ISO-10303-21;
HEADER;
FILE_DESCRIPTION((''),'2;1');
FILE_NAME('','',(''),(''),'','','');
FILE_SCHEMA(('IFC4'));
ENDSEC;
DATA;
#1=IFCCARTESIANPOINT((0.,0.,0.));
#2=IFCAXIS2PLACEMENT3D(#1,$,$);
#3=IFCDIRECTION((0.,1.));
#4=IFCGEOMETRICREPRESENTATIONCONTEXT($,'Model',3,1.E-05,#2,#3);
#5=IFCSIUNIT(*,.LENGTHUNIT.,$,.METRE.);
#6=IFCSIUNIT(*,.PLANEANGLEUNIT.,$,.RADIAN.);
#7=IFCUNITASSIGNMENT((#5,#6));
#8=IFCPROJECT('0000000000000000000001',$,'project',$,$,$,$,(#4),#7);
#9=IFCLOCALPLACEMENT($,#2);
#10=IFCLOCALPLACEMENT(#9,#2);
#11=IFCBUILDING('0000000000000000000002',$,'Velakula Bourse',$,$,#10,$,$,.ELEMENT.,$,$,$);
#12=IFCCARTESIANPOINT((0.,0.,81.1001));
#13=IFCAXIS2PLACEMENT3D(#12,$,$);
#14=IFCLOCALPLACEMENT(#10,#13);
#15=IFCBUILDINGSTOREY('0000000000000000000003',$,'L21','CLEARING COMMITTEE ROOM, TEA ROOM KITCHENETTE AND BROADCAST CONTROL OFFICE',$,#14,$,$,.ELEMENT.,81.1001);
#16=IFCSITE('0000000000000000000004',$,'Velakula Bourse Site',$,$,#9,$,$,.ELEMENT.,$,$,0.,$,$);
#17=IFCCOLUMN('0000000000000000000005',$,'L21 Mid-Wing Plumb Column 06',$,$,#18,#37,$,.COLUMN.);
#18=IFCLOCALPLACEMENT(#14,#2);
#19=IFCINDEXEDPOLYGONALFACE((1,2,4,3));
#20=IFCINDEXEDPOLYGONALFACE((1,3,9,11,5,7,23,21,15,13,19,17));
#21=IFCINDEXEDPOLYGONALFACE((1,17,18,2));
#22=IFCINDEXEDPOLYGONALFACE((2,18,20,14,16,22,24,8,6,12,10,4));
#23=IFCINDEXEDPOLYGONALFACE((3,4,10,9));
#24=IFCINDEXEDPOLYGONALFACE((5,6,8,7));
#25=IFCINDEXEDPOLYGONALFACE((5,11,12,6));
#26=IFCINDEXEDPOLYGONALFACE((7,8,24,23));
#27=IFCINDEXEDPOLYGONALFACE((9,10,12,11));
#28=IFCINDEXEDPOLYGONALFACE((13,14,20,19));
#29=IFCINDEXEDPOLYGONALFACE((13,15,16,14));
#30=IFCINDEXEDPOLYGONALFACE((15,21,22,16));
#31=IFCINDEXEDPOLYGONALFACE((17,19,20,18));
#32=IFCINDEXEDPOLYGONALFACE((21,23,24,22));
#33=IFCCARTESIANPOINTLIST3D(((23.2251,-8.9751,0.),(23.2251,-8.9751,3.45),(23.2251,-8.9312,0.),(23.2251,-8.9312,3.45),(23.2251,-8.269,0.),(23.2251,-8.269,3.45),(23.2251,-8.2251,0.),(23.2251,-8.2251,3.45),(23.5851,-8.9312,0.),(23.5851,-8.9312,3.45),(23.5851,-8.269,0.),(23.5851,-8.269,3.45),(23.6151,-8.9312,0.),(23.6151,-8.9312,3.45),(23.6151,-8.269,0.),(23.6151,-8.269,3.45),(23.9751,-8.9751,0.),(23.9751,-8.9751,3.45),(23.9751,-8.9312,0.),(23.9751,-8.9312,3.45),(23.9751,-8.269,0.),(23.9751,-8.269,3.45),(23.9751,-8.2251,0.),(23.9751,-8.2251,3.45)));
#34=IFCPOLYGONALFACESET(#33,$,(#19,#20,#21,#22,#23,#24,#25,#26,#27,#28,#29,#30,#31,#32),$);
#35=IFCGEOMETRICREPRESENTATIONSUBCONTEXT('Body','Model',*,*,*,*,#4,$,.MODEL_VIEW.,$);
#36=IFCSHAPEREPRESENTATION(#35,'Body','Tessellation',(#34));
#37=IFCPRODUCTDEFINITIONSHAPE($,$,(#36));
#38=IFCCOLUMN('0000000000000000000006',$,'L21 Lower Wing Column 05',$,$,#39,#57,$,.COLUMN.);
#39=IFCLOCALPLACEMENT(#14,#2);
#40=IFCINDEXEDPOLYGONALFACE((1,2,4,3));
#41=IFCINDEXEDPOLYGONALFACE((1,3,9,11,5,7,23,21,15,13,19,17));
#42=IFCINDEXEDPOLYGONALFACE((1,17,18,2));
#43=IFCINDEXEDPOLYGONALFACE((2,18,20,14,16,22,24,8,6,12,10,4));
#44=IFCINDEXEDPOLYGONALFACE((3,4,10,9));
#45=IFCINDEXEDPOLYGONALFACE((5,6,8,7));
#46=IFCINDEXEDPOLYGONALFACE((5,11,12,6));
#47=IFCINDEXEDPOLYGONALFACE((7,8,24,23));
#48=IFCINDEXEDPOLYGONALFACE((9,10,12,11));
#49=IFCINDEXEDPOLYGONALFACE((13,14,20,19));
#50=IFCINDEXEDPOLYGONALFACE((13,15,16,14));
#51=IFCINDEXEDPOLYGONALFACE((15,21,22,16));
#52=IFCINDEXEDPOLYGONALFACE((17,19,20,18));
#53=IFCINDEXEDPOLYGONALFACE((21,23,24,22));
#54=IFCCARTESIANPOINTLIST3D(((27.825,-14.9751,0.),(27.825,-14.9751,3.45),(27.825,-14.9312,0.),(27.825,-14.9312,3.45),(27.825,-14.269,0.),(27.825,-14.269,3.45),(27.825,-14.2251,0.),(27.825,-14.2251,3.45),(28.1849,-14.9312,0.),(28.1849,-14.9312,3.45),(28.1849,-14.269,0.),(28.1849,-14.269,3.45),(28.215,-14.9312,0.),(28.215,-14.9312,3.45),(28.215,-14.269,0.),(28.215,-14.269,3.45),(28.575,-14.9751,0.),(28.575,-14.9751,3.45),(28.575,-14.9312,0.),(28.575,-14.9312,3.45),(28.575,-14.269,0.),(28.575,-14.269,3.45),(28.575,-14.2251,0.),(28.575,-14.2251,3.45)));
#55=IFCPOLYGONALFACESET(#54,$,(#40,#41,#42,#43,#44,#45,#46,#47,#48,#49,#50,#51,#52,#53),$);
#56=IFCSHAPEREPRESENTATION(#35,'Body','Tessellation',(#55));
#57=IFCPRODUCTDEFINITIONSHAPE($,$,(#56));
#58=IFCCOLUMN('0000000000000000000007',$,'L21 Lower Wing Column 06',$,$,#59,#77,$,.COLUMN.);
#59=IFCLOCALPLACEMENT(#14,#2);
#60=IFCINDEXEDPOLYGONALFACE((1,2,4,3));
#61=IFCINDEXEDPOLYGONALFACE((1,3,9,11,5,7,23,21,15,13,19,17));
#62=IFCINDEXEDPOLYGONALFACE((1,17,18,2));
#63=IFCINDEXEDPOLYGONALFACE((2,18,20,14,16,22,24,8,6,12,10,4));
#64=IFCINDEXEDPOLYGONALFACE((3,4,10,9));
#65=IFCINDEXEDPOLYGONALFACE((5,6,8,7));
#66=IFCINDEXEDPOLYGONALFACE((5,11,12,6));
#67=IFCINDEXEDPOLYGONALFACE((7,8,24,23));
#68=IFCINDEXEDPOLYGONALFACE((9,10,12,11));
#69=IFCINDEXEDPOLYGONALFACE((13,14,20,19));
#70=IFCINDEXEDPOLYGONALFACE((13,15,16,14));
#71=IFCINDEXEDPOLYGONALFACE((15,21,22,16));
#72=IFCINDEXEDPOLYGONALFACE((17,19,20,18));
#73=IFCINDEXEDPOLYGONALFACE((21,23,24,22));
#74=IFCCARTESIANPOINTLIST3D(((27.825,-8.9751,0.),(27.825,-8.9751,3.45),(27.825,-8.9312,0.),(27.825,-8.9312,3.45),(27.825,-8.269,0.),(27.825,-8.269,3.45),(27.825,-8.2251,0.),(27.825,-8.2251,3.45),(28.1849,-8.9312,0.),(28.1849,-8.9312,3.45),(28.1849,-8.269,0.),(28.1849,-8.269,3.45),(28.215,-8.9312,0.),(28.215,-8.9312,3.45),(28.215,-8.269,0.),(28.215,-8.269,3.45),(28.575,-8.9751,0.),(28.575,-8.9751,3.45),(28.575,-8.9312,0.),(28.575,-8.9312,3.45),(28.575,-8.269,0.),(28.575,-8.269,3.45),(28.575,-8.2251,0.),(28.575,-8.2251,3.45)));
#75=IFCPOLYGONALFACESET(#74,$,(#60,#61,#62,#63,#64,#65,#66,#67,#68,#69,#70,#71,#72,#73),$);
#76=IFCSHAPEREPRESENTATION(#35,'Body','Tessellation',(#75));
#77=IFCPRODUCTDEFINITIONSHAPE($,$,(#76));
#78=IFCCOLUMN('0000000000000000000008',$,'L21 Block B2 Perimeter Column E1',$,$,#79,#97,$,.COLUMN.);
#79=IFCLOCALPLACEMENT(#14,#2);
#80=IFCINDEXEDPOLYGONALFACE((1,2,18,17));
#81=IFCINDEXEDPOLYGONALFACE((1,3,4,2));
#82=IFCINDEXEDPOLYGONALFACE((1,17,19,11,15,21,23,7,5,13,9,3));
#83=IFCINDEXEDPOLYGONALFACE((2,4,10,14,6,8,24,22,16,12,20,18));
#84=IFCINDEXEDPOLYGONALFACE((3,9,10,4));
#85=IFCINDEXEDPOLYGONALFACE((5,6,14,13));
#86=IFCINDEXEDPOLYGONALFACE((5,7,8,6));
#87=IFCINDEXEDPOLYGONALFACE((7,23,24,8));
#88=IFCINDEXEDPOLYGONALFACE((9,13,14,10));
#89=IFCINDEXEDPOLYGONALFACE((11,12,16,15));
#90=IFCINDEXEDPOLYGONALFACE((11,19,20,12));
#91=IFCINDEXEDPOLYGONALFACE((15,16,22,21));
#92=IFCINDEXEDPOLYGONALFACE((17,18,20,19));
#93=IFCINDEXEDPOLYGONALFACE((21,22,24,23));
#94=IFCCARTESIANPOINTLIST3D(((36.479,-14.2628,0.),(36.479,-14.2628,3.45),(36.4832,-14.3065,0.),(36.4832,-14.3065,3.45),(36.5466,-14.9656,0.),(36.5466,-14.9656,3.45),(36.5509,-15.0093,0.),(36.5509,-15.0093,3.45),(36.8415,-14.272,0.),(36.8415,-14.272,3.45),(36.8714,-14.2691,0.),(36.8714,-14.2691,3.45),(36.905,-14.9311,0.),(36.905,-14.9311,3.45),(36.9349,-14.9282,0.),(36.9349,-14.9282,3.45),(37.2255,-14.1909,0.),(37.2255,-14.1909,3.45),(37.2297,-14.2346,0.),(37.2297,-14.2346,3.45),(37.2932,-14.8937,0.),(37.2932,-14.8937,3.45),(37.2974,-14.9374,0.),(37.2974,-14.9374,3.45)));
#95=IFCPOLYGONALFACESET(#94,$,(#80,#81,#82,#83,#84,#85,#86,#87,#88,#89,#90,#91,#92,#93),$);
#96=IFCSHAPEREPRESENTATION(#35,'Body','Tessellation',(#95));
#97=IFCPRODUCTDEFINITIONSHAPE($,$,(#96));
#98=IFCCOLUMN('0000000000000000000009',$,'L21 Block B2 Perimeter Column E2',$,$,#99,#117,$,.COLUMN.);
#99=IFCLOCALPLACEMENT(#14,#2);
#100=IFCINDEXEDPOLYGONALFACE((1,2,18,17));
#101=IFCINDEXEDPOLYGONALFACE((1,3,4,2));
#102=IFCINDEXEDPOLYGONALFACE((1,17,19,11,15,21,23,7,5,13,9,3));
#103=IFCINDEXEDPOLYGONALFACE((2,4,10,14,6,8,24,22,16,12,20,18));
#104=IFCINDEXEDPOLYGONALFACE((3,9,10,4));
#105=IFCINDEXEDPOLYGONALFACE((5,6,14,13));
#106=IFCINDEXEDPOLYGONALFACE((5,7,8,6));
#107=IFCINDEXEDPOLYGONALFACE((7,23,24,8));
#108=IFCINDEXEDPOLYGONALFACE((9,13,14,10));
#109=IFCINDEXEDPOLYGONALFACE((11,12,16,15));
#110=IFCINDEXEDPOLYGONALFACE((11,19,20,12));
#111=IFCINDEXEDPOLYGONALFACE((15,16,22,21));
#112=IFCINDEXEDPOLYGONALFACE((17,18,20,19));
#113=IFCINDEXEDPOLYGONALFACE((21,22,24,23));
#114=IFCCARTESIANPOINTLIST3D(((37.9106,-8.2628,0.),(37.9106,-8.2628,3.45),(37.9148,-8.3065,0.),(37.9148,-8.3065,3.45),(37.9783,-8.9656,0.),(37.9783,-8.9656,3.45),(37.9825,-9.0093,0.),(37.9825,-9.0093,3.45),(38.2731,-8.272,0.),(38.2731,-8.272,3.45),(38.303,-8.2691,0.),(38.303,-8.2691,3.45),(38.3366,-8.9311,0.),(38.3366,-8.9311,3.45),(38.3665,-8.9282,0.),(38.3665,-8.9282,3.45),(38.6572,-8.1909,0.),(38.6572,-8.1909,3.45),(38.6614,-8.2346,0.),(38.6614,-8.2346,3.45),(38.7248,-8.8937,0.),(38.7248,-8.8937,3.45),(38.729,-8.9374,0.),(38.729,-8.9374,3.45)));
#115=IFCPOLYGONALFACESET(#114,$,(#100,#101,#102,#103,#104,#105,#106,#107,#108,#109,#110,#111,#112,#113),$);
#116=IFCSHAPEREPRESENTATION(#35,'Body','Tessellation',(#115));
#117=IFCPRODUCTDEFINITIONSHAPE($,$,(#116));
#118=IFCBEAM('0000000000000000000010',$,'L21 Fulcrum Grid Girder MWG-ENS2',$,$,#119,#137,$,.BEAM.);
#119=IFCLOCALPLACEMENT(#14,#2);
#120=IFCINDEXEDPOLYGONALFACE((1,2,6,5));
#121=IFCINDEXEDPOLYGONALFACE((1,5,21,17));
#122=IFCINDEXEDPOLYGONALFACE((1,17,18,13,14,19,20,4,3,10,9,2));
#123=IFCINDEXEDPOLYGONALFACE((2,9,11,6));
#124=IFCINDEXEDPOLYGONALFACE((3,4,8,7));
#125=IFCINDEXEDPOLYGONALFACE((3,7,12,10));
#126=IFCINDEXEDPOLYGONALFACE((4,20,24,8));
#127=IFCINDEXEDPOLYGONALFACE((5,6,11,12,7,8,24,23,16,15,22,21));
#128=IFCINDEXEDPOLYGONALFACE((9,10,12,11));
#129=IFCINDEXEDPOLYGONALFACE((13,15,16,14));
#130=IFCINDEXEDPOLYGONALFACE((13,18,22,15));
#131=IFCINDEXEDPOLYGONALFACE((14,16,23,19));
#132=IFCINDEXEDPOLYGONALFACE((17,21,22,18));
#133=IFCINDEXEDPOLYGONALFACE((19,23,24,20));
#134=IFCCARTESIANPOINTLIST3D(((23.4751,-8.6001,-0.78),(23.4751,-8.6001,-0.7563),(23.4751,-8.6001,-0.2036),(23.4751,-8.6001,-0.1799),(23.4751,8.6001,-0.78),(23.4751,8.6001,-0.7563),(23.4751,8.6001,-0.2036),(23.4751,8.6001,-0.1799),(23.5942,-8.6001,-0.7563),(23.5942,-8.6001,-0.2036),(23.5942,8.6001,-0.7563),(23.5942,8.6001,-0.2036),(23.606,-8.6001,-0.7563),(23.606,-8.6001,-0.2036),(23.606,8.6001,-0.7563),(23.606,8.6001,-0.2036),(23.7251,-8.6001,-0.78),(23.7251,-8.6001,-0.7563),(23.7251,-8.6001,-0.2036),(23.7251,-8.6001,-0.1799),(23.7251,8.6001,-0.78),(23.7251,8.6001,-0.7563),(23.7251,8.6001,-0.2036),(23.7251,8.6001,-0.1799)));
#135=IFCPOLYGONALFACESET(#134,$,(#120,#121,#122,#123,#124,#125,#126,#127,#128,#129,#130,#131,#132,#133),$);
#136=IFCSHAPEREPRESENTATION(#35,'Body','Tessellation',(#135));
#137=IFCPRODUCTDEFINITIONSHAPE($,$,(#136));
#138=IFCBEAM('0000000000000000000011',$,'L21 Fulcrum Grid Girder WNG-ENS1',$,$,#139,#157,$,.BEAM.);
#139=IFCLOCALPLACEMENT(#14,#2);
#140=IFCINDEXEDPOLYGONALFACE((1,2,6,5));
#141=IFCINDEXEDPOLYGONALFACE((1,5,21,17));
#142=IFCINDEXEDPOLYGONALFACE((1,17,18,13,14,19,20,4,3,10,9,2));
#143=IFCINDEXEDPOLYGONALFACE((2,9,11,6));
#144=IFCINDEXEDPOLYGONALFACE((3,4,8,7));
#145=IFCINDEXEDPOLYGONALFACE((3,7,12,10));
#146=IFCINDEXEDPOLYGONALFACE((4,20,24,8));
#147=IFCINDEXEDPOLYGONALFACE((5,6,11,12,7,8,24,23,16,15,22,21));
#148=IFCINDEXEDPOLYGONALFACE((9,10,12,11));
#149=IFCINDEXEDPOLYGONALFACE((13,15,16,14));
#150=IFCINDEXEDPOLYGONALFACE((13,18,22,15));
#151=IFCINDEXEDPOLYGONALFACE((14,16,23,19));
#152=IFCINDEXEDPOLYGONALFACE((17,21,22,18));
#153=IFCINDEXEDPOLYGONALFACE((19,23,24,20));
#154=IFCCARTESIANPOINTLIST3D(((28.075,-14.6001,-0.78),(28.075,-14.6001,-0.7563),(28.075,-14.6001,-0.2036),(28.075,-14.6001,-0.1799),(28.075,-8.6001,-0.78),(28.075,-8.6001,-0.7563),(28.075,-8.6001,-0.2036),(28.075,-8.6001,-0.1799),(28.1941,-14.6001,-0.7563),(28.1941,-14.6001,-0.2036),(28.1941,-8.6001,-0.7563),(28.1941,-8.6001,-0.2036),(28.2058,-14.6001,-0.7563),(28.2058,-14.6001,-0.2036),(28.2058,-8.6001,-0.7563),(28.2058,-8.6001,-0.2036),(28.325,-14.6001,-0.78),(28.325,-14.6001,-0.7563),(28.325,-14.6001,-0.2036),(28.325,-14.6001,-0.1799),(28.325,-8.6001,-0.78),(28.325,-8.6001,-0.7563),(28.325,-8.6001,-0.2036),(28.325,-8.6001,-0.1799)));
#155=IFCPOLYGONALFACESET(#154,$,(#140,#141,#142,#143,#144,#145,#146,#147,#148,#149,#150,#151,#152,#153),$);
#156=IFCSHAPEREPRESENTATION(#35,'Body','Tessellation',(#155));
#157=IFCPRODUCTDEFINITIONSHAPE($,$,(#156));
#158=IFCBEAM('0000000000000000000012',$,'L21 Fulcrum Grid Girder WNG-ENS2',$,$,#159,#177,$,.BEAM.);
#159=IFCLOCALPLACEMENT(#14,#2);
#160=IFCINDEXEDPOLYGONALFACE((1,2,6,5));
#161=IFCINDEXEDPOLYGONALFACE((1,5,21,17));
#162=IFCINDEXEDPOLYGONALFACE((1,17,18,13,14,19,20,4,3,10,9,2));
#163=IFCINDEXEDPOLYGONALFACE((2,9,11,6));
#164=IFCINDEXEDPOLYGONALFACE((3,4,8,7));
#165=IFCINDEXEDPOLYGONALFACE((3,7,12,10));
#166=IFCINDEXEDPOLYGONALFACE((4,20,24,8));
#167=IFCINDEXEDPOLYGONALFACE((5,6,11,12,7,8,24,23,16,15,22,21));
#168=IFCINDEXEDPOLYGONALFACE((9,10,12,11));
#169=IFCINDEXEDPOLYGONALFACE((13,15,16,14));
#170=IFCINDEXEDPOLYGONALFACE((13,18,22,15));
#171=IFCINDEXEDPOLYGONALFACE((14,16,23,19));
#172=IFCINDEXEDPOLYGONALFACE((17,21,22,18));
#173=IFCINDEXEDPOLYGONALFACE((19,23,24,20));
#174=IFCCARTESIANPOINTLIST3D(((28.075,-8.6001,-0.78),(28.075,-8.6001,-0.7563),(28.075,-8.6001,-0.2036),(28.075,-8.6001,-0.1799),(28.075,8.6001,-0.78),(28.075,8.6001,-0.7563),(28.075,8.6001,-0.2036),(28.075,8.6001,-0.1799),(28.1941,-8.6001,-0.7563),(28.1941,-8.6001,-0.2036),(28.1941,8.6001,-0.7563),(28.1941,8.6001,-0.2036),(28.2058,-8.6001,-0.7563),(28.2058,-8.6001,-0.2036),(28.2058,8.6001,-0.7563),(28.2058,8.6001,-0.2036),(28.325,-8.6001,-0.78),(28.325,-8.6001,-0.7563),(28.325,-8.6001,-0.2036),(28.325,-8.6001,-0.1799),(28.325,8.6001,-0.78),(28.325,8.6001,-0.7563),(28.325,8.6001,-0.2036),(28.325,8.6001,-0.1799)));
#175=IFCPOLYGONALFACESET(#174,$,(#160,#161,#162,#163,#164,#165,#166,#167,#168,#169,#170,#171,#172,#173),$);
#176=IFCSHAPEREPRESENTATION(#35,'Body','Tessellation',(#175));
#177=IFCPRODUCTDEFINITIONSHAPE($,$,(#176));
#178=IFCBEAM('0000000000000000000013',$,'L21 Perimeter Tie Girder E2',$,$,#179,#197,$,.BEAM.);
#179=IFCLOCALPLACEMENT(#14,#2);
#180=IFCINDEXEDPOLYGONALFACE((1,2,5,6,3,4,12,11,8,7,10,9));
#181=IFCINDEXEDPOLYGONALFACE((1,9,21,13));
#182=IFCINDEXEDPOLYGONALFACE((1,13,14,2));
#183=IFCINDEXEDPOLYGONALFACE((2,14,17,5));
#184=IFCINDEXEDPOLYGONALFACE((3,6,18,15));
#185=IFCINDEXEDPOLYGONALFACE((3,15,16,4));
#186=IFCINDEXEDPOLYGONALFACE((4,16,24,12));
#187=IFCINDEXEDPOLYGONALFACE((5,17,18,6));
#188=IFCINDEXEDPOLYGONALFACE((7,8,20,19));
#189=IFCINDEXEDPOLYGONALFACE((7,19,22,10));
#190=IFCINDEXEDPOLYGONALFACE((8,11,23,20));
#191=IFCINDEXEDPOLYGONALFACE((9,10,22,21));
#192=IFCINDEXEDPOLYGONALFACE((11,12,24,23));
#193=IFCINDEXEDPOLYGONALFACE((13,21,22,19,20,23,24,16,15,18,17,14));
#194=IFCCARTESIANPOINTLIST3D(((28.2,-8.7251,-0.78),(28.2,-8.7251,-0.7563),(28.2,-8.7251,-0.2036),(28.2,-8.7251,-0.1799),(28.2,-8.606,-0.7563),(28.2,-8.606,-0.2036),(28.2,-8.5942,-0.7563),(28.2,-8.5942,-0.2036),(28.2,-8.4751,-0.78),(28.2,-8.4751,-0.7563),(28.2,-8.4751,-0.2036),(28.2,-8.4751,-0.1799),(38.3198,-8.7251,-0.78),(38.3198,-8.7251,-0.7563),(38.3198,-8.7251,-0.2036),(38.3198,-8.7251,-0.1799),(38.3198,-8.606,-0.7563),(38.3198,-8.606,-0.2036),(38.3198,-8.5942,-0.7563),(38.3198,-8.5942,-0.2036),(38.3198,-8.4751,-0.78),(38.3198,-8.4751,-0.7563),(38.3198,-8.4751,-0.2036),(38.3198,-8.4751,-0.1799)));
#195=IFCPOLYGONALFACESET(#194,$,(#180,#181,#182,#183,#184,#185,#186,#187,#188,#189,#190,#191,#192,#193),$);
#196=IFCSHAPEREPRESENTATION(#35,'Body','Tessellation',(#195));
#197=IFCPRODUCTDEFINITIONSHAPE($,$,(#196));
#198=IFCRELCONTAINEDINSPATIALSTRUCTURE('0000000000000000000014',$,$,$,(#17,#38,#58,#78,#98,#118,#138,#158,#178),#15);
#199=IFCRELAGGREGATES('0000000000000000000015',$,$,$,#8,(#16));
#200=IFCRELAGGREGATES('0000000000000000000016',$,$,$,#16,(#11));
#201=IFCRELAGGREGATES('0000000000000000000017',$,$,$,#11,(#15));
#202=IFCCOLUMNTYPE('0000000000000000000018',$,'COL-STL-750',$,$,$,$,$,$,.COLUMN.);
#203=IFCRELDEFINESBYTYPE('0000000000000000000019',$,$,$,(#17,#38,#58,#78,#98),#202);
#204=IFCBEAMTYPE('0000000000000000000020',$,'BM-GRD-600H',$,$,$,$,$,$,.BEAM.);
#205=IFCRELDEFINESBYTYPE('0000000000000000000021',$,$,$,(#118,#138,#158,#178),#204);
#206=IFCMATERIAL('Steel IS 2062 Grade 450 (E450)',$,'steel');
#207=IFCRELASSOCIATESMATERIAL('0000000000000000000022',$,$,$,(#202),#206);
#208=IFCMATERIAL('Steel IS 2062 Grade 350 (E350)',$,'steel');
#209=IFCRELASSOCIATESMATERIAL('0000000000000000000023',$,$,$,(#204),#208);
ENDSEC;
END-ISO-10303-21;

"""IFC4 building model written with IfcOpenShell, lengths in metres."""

from ifc_helpers import new_model, si_unit, direction, frame, origin, origin_2d, place, context, subcontext, project, spatial, i_section, extrude, material, material_profile, profile_set, type_object, element, save


model = new_model("IFC4")

# Units and contexts
model_context = context("Model", 3, precision=1e-05, world=origin(), true_north=direction((0.0, 1.0)))
body_context = subcontext(model_context, "Body", "Model", "MODEL_VIEW")
ifc_project = project(units=[si_unit("LENGTHUNIT", "METRE"), si_unit("PLANEANGLEUNIT", "RADIAN")], contexts=[model_context])

# Site, building, storey
site_placement = place(None, origin())
site = spatial("IfcSite", under=ifc_project, at=site_placement, Name="Velakula Bourse Site", CompositionType="ELEMENT", RefElevation=0.0)
building_placement = place(site_placement, origin())
building = spatial("IfcBuilding", under=site, at=building_placement, Name="Velakula Bourse", CompositionType="ELEMENT")
storey_placement = place(building_placement, frame((0.0, 0.0, 81.1001)))
storey = spatial("IfcBuildingStorey", under=building, at=storey_placement, Name="L21", Description="CLEARING COMMITTEE ROOM, TEA ROOM KITCHENETTE AND BROADCAST CONTROL OFFICE", CompositionType="ELEMENT", Elevation=81.1001)

# Columns
ifc_material_1 = material(Name="Steel IS 2062 Grade 450 (E450)", Category="steel")
ifc_material_profile_1 = material_profile(ifc_material_1, i_section(OverallWidth=0.75, OverallDepth=0.75, WebThickness=0.03, FlangeThickness=0.0439, at=origin_2d()), Name="Steel IS 2062 Grade 450 (E450)")
ifc_profile_set_1 = profile_set([ifc_material_profile_1], Name="Steel IS 2062 Grade 450 (E450)")
column_type = type_object("IfcColumnType", Name="COL-STL-750", PredefinedType="COLUMN", material=ifc_profile_set_1)
for number, where, z_axis, x_axis, name in (
    (1, (23.6001, -8.6001, 0.0), (0.0, 0.0, 1.0), (1.0, 0.0, 0.0), "L21 Mid-Wing Plumb Column 06"),
    (2, (28.2, -14.6001, 0.0), (0.0, 0.0, 1.0), (1.0, 0.0, 0.0), "L21 Lower Wing Column 05"),
    (3, (28.2, -8.6001, 0.0), (0.0, 0.0, 1.0), (1.0, 0.0, 0.0), "L21 Lower Wing Column 06"),
    (4, (36.8882, -14.6001, 0.0), (0.0, 0.0, 1.0), (0.995396, 0.095846, 0.0), "L21 Block B2 Perimeter Column E1"),
    (5, (38.3198, -8.6001, 0.0), (0.0, 0.0, 1.0), (0.995396, 0.095846, 0.0), "L21 Block B2 Perimeter Column E2"),
):
    element("IfcColumn", number, at=place(storey_placement, frame(where, z_axis=z_axis, x_axis=x_axis)), inside=storey, type_object=column_type, Name=name, PredefinedType="COLUMN", context=body_context, shape_type="SweptSolid", body=[
        extrude(i_section(OverallWidth=0.75, OverallDepth=0.75, WebThickness=0.03, FlangeThickness=0.0439, at=origin_2d()), origin(), (0.0, 0.0, 1.0), 3.45),
    ])

# Beams
ifc_material_2 = material(Name="Steel IS 2062 Grade 350 (E350)", Category="steel")
ifc_material_profile_2 = material_profile(ifc_material_2, i_section(OverallWidth=0.25, OverallDepth=0.6001, WebThickness=0.0117, FlangeThickness=0.0237, at=origin_2d()), Name="Steel IS 2062 Grade 350 (E350)")
ifc_profile_set_2 = profile_set([ifc_material_profile_2], Name="Steel IS 2062 Grade 350 (E350)")
beam_type_1 = type_object("IfcBeamType", Name="BM-GRD-600H", PredefinedType="BEAM", material=ifc_profile_set_2)
beam_1_placement = place(storey_placement, frame((23.6001, -8.6001, -0.48), z_axis=(0.0, 1.0, 0.0), x_axis=(-1.0, 0.0, 0.0)))
element("IfcBeam", 6, at=beam_1_placement, inside=storey, type_object=beam_type_1, Name="L21 Fulcrum Grid Girder MWG-ENS2", PredefinedType="BEAM", context=body_context, shape_type="SweptSolid", body=[
    extrude(i_section(OverallWidth=0.25, OverallDepth=0.6001, WebThickness=0.0117, FlangeThickness=0.0237, at=origin_2d()), origin(), (0.0, 0.0, 1.0), 17.2002),
])
beam_2_placement = place(storey_placement, frame((28.2, -14.6001, -0.48), z_axis=(0.0, 1.0, 0.0), x_axis=(-1.0, 0.0, 0.0)))
element("IfcBeam", 7, at=beam_2_placement, inside=storey, type_object=beam_type_1, Name="L21 Fulcrum Grid Girder WNG-ENS1", PredefinedType="BEAM", context=body_context, shape_type="SweptSolid", body=[
    extrude(i_section(OverallWidth=0.25, OverallDepth=0.6001, WebThickness=0.0117, FlangeThickness=0.0237, at=origin_2d()), origin(), (0.0, 0.0, 1.0), 6.0),
])
beam_3_placement = place(storey_placement, frame((28.2, -8.6001, -0.48), z_axis=(0.0, 1.0, 0.0), x_axis=(-1.0, 0.0, 0.0)))
element("IfcBeam", 8, at=beam_3_placement, inside=storey, type_object=beam_type_1, Name="L21 Fulcrum Grid Girder WNG-ENS2", PredefinedType="BEAM", context=body_context, shape_type="SweptSolid", body=[
    extrude(i_section(OverallWidth=0.25, OverallDepth=0.6001, WebThickness=0.0117, FlangeThickness=0.0237, at=origin_2d()), origin(), (0.0, 0.0, 1.0), 17.2002),
])
beam_4_placement = place(storey_placement, frame((28.2, -8.6001, -0.48), z_axis=(1.0, 0.0, 0.0), x_axis=(0.0, 1.0, 0.0)))
element("IfcBeam", 9, at=beam_4_placement, inside=storey, type_object=beam_type_1, Name="L21 Perimeter Tie Girder E2", PredefinedType="BEAM", context=body_context, shape_type="SweptSolid", body=[
    extrude(i_section(OverallWidth=0.25, OverallDepth=0.6001, WebThickness=0.0117, FlangeThickness=0.0237, at=origin_2d()), origin(), (0.0, 0.0, 1.0), 10.1199),
])

save(model, "model.ifc")
